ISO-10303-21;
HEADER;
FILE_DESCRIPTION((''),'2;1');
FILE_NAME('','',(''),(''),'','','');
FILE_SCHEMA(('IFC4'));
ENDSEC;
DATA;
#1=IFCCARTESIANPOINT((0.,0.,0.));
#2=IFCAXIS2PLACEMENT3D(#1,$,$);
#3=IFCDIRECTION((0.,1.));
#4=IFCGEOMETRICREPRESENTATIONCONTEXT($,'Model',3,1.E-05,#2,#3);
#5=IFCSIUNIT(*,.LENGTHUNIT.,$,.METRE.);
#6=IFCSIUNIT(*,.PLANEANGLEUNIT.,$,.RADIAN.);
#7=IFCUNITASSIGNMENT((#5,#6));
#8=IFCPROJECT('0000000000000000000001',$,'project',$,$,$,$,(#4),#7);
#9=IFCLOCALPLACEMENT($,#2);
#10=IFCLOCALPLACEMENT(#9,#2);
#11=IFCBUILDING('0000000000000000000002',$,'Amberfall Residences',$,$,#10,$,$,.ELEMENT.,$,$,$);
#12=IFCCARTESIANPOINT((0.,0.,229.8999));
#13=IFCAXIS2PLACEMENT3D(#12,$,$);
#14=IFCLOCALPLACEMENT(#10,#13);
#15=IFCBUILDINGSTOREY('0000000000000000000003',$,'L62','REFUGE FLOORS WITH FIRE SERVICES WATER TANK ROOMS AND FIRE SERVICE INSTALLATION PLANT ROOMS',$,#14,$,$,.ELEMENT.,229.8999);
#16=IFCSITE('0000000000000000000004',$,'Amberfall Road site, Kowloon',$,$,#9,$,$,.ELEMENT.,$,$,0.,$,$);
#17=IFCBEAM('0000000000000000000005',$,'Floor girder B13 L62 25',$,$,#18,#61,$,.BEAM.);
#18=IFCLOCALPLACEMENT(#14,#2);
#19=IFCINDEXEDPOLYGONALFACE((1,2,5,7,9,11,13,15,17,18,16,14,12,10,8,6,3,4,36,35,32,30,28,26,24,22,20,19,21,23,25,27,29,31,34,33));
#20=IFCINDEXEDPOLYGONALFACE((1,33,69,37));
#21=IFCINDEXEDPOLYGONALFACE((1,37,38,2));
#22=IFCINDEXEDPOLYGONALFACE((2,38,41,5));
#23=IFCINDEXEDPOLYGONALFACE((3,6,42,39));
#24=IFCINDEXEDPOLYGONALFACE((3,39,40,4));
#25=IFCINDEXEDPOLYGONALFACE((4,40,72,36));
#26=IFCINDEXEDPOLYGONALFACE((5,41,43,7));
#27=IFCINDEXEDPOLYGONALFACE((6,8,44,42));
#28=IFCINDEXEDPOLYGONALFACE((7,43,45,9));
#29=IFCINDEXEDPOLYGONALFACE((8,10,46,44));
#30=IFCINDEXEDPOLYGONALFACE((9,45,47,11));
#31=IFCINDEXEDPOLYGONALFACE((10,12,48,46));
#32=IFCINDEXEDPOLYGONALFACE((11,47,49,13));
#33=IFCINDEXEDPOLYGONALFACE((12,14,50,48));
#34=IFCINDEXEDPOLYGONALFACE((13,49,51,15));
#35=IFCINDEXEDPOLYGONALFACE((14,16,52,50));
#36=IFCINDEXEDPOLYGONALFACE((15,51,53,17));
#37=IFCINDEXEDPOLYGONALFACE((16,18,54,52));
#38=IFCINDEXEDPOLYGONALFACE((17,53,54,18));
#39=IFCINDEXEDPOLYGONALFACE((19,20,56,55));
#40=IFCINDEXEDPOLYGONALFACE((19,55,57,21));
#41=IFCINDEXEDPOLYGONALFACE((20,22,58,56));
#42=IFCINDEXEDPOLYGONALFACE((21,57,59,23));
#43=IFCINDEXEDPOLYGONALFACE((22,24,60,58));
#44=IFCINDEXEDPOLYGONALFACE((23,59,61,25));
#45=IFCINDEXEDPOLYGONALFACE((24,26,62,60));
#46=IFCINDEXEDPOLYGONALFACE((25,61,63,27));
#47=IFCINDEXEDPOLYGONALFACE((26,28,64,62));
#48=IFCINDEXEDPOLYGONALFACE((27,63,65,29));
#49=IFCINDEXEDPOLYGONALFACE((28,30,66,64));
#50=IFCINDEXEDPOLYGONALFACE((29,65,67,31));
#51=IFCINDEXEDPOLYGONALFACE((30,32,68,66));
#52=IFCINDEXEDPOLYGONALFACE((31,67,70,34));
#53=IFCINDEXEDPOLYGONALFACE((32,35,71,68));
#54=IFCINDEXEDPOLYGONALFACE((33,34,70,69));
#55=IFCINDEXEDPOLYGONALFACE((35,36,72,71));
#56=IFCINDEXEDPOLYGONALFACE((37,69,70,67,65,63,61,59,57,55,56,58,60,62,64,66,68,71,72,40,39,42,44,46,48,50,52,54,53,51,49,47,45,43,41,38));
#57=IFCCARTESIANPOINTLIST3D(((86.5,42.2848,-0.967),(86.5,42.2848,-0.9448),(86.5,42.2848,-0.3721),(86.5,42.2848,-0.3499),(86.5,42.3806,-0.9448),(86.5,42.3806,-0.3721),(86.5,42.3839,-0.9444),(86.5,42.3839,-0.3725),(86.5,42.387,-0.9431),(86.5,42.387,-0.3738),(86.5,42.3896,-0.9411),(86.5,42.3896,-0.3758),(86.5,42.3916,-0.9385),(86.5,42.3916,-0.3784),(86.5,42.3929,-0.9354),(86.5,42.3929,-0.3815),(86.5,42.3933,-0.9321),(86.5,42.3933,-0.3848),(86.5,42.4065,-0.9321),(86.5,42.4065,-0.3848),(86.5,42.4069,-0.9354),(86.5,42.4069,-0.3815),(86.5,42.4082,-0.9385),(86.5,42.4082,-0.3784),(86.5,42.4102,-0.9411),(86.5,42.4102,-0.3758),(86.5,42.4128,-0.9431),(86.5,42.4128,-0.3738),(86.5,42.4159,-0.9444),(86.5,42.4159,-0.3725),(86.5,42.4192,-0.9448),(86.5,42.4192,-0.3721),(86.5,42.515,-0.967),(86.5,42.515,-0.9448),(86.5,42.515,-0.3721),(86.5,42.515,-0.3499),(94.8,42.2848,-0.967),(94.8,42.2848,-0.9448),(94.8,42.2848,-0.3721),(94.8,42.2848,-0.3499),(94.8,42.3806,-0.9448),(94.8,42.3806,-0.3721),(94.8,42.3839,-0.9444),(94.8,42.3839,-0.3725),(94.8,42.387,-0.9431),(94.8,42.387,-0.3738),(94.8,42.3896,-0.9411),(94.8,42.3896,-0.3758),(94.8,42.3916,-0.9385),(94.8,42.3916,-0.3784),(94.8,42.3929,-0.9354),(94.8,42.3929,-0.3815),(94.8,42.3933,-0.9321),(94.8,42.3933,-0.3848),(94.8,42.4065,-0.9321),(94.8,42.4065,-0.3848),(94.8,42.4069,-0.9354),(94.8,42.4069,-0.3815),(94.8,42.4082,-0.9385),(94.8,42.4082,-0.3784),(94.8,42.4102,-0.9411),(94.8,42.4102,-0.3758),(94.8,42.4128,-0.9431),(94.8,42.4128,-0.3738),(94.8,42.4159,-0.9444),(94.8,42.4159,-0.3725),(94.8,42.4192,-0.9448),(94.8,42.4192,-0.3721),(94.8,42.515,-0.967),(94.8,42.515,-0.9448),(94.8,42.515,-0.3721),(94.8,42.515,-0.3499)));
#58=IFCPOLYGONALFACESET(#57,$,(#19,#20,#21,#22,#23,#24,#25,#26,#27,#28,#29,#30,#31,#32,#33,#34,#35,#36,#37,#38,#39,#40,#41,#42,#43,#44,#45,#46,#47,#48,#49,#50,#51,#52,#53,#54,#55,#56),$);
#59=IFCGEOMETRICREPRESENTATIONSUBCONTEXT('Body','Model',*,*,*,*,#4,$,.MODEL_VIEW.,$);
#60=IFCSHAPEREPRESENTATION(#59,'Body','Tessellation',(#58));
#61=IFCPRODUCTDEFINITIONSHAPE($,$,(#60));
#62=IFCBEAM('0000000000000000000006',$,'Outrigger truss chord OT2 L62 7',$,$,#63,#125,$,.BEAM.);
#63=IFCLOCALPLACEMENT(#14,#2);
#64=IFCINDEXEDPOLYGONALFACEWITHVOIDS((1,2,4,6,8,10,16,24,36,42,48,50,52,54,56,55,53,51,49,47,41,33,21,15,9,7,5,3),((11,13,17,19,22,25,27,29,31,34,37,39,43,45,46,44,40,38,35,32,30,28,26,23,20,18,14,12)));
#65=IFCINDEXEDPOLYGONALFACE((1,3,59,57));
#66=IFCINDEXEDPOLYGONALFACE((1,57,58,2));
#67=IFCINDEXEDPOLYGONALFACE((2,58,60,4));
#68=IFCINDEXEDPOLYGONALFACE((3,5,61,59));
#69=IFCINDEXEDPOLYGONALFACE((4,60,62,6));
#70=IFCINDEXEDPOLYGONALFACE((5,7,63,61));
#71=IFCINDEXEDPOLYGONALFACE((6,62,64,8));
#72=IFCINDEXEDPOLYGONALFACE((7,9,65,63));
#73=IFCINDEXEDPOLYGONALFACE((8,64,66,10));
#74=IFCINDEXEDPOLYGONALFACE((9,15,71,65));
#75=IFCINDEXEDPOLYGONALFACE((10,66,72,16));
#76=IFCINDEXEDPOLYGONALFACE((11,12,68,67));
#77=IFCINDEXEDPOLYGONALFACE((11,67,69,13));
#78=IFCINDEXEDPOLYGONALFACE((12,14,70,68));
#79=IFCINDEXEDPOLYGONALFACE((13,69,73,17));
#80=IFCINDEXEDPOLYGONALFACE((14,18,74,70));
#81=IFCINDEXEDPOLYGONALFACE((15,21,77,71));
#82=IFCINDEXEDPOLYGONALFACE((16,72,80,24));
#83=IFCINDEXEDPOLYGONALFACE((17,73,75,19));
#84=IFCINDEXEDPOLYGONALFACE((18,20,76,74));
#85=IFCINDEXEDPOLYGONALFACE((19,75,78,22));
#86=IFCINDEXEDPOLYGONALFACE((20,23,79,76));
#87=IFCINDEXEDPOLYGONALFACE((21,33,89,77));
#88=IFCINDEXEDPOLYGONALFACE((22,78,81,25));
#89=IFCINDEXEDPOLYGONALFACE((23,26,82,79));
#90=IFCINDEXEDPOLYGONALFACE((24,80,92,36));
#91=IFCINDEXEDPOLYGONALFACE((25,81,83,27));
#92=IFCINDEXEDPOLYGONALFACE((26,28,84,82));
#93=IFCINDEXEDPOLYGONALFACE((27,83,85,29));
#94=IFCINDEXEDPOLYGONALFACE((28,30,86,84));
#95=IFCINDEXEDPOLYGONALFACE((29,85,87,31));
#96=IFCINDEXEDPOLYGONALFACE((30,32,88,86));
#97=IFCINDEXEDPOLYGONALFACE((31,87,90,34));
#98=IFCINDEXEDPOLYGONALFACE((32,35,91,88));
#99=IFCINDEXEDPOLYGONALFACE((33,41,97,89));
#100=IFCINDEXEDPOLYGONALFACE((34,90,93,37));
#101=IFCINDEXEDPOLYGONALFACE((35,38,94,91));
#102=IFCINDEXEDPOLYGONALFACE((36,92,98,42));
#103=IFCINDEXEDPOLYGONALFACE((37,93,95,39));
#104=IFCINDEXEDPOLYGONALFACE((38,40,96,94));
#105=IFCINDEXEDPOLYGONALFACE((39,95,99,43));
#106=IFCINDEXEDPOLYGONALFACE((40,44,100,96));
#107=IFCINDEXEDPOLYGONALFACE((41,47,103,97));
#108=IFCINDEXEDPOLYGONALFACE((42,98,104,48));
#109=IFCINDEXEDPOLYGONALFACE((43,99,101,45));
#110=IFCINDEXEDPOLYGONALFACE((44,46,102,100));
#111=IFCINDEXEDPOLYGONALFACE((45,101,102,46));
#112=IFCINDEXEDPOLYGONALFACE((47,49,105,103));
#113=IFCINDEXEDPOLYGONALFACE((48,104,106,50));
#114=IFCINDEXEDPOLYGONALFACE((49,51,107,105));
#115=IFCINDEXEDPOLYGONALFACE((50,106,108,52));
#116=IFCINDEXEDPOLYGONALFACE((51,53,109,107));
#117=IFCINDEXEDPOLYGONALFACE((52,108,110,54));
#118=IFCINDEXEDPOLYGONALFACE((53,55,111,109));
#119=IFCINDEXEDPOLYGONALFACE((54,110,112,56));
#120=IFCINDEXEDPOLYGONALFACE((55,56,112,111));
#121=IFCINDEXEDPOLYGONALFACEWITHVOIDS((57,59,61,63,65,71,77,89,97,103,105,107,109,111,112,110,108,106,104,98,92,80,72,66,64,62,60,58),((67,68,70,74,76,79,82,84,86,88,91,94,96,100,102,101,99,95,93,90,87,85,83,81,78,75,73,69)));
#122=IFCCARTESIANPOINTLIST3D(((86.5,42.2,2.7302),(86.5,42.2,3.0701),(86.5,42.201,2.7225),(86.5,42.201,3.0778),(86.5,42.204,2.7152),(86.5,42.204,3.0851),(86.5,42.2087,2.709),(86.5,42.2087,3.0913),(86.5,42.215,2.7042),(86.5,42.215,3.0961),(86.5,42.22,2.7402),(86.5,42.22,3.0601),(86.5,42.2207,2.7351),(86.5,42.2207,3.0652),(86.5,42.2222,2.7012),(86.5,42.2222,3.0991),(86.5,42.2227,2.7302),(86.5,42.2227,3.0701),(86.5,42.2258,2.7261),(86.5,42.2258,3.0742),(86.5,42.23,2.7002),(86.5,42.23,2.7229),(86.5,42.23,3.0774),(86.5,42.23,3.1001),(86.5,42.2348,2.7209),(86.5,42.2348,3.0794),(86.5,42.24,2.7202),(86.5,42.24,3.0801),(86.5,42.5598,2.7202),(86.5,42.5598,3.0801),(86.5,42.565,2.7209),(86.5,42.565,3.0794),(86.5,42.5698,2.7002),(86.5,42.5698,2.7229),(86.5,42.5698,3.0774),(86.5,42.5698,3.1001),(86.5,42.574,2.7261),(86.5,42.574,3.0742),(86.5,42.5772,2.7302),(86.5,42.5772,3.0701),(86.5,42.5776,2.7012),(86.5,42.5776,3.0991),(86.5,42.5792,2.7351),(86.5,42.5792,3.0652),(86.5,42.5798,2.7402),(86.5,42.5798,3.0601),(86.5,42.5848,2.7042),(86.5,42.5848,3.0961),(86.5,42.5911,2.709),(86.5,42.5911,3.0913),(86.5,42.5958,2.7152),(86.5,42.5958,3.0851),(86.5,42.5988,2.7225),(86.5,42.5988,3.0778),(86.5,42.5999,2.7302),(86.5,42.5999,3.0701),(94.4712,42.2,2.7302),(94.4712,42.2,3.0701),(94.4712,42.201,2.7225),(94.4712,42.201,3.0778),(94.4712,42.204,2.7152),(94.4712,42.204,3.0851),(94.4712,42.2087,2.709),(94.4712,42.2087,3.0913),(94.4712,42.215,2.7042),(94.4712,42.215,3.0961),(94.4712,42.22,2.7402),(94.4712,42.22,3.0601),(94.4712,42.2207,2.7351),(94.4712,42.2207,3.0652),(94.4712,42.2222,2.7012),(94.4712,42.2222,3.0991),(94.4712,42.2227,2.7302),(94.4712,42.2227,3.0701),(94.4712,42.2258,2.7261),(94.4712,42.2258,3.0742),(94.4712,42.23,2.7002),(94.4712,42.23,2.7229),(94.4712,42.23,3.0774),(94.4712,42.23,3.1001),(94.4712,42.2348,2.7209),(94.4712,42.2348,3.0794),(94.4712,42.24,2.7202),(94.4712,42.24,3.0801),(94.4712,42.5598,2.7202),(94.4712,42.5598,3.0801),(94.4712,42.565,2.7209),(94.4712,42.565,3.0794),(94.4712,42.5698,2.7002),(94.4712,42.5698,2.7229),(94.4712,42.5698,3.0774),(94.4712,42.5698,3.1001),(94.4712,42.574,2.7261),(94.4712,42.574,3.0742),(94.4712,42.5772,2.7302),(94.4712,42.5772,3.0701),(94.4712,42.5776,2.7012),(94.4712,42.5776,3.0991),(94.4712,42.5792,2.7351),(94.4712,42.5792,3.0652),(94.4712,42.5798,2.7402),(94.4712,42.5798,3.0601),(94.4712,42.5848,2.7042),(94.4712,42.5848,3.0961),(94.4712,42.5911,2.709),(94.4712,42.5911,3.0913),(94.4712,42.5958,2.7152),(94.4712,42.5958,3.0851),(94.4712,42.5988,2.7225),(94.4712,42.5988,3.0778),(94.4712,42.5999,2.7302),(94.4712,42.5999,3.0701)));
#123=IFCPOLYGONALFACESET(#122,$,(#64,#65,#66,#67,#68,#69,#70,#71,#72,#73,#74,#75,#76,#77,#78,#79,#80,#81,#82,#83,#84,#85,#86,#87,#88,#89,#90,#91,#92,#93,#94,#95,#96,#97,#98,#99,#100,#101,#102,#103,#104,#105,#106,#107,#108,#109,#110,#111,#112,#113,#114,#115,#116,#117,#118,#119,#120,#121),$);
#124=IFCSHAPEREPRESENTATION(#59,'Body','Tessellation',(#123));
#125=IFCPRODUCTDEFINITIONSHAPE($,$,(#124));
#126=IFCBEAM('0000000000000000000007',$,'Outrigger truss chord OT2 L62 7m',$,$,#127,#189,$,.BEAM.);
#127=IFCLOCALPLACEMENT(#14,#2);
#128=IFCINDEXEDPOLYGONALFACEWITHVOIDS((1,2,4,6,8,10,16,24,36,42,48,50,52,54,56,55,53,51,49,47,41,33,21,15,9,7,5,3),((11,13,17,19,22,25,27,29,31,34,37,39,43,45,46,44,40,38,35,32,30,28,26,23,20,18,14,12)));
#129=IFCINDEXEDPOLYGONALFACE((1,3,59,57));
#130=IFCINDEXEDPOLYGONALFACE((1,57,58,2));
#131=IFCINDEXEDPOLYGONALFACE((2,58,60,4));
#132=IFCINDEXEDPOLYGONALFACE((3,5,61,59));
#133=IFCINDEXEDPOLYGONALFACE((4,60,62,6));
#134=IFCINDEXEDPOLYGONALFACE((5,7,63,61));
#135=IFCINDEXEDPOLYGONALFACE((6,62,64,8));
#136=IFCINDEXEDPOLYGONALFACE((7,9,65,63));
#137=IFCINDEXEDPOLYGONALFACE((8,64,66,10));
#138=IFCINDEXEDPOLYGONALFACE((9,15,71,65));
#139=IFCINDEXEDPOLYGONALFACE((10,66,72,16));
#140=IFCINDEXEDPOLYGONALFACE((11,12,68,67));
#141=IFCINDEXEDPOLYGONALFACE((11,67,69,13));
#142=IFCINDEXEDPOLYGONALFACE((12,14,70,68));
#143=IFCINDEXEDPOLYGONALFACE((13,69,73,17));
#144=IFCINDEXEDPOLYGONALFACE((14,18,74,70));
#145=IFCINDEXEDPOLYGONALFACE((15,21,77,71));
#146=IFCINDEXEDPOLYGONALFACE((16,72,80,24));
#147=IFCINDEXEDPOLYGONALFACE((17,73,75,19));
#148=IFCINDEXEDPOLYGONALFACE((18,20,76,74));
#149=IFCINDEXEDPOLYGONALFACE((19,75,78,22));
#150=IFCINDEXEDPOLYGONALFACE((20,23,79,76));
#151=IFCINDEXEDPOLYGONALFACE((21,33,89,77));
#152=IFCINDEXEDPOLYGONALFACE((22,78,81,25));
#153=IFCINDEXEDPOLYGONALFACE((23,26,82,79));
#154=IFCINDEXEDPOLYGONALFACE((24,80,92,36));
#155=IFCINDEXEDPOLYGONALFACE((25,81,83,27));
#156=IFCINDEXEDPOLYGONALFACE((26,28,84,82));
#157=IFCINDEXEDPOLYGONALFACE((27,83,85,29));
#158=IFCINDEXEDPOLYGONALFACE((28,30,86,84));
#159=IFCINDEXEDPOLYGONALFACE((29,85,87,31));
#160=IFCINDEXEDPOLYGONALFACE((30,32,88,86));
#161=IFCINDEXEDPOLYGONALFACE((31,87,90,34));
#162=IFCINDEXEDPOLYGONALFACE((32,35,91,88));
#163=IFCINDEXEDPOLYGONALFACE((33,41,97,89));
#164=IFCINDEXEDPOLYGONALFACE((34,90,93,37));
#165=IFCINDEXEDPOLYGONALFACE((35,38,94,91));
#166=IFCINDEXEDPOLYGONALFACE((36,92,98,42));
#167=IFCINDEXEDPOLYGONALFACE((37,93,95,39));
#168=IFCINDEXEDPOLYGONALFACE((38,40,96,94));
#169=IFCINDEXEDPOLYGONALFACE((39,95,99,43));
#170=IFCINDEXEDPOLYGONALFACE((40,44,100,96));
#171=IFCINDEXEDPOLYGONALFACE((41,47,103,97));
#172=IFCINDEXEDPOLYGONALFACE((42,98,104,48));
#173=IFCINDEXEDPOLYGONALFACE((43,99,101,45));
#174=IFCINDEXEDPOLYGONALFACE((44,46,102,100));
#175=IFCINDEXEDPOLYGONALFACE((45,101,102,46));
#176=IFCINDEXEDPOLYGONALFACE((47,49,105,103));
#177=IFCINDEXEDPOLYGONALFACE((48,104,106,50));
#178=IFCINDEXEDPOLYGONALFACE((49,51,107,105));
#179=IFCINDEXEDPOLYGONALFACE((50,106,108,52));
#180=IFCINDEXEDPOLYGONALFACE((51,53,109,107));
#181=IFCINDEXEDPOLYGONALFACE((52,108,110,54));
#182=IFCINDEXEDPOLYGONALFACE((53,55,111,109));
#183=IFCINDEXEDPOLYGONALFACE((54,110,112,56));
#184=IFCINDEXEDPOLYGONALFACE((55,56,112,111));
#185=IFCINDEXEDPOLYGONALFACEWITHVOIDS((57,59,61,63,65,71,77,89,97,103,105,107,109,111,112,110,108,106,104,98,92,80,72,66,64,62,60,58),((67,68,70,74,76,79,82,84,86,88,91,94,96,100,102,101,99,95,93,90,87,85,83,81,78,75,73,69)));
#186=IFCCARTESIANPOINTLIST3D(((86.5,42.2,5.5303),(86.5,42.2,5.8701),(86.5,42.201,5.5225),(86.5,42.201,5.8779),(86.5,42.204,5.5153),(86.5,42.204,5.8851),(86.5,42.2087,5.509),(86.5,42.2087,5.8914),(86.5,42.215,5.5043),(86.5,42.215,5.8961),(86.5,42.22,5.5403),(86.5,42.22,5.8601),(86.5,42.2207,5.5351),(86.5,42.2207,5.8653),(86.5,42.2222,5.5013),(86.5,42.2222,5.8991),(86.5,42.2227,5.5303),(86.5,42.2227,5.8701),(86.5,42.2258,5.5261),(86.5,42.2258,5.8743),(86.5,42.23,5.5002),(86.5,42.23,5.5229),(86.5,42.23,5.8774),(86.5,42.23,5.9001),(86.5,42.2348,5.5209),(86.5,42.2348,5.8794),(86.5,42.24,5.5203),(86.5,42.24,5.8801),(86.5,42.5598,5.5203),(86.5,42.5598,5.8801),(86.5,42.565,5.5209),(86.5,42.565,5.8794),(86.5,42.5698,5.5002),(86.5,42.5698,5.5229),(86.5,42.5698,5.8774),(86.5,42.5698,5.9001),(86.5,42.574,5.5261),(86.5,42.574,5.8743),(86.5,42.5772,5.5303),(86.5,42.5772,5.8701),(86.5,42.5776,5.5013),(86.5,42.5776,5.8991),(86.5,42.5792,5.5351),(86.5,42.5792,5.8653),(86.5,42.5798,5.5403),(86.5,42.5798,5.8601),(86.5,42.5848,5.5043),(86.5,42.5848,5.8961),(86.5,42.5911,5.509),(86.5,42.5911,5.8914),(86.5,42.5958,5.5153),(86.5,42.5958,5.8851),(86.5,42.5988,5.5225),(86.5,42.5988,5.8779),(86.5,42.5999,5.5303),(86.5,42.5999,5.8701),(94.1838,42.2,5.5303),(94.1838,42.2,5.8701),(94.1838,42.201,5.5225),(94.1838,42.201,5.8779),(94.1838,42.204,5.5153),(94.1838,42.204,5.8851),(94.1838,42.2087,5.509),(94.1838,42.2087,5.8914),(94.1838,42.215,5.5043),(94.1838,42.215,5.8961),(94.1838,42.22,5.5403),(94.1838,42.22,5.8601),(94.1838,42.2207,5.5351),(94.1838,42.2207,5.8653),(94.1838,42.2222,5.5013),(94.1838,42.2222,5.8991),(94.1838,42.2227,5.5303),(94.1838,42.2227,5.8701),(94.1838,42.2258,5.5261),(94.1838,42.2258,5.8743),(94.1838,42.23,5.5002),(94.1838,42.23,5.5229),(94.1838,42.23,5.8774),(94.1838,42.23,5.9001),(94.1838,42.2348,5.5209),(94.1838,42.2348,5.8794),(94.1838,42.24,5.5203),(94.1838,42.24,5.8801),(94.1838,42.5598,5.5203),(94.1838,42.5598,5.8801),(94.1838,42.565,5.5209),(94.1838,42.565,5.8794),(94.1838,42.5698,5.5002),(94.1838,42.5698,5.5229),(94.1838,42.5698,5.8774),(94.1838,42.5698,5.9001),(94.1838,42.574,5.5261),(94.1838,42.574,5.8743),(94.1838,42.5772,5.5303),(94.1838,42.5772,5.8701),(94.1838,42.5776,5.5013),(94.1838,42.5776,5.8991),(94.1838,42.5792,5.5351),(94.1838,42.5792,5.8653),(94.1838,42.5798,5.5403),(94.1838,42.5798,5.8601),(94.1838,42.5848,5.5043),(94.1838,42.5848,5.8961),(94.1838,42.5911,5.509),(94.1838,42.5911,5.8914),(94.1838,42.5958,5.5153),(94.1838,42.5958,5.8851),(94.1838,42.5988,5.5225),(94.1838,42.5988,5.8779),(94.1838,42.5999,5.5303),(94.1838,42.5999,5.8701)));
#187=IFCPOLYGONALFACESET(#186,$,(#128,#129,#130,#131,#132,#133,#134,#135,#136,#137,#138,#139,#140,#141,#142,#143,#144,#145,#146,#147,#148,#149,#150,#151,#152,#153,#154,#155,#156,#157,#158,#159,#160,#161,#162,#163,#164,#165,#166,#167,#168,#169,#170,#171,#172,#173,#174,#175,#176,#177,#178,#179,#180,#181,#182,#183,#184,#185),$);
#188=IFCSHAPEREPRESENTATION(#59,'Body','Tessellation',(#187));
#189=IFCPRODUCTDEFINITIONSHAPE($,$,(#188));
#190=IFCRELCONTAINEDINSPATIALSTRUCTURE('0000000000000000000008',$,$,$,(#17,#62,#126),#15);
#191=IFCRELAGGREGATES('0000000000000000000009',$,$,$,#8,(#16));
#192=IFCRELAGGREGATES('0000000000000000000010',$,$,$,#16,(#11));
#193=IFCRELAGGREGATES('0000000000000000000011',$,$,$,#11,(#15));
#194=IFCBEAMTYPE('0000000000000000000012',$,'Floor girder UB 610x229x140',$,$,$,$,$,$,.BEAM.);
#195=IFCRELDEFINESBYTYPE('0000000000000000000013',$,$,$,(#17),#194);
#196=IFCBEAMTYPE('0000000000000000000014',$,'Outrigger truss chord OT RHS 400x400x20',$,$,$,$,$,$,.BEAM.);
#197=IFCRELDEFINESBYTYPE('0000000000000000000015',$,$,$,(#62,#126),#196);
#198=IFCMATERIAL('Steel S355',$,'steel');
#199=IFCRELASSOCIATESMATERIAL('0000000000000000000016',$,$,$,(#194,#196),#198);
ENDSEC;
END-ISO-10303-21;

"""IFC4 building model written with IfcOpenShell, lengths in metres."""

from ifc_helpers import new_model, si_unit, direction, frame, origin, origin_2d, place, context, subcontext, project, spatial, hollow_rectangle, i_section, extrude, material, material_profile, profile_set, type_object, element, save


model = new_model("IFC4")

# Units and contexts
model_context = context("Model", 3, precision=1e-05, world=origin(), true_north=direction((0.0, 1.0)))
body_context = subcontext(model_context, "Body", "Model", "MODEL_VIEW")
ifc_project = project(units=[si_unit("LENGTHUNIT", "METRE"), si_unit("PLANEANGLEUNIT", "RADIAN")], contexts=[model_context])

# Site, building, storey
site_placement = place(None, origin())
site = spatial("IfcSite", under=ifc_project, at=site_placement, Name="Amberfall Road site, Kowloon", CompositionType="ELEMENT", RefElevation=0.0)
building_placement = place(site_placement, origin())
building = spatial("IfcBuilding", under=site, at=building_placement, Name="Amberfall Residences", CompositionType="ELEMENT")
storey_placement = place(building_placement, frame((0.0, 0.0, 229.8999)))
storey = spatial("IfcBuildingStorey", under=building, at=storey_placement, Name="L62", Description="REFUGE FLOORS WITH FIRE SERVICES WATER TANK ROOMS AND FIRE SERVICE INSTALLATION PLANT ROOMS", CompositionType="ELEMENT", Elevation=229.8999)

# Shared definitions
ifc_material_1 = material(Name="Steel S355", Category="steel")

# Beams
ifc_material_profile_1 = material_profile(ifc_material_1, i_section(OverallWidth=0.2302, OverallDepth=0.6172, WebThickness=0.0132, FlangeThickness=0.0222, FilletRadius=0.0127, at=origin_2d()), Name="UB 610x229x140")
ifc_profile_set_1 = profile_set([ifc_material_profile_1], Name="Steel S355")
beam_type_1 = type_object("IfcBeamType", Name="Floor girder UB 610x229x140", PredefinedType="BEAM", material=ifc_profile_set_1)
beam_1_placement = place(storey_placement, frame((94.8, 42.3999, -0.6584), z_axis=(-1.0, 0.0, 0.0), x_axis=(0.0, -1.0, 0.0)))
element("IfcBeam", 1, at=beam_1_placement, inside=storey, type_object=beam_type_1, Name="Floor girder B13 L62 25", PredefinedType="BEAM", context=body_context, shape_type="SweptSolid", body=[
    extrude(i_section(OverallWidth=0.2302, OverallDepth=0.6172, WebThickness=0.0132, FlangeThickness=0.0222, FilletRadius=0.0127, at=origin_2d()), origin(), (0.0, 0.0, 1.0), 8.3),
])
ifc_material_profile_2 = material_profile(ifc_material_1, hollow_rectangle(XDim=0.3999, YDim=0.3999, WallThickness=0.02, InnerFilletRadius=0.02, OuterFilletRadius=0.03, at=origin_2d()), Name="RHS 400x400x20")
ifc_profile_set_2 = profile_set([ifc_material_profile_2], Name="Steel S355")
beam_type_2 = type_object("IfcBeamType", Name="Outrigger truss chord OT RHS 400x400x20", PredefinedType="BEAM", material=ifc_profile_set_2)
beam_2_placement = place(storey_placement, frame((94.4712, 42.3999, 2.9001), z_axis=(-1.0, 0.0, 0.0), x_axis=(0.0, -1.0, 0.0)))
element("IfcBeam", 2, at=beam_2_placement, inside=storey, type_object=beam_type_2, Name="Outrigger truss chord OT2 L62 7", PredefinedType="BEAM", context=body_context, shape_type="SweptSolid", body=[
    extrude(hollow_rectangle(XDim=0.3999, YDim=0.3999, WallThickness=0.02, InnerFilletRadius=0.02, OuterFilletRadius=0.03, at=origin_2d()), origin(), (0.0, 0.0, 1.0), 7.9712),
])
beam_3_placement = place(storey_placement, frame((94.1838, 42.3999, 5.7002), z_axis=(-1.0, 0.0, 0.0), x_axis=(0.0, -1.0, 0.0)))
element("IfcBeam", 3, at=beam_3_placement, inside=storey, type_object=beam_type_2, Name="Outrigger truss chord OT2 L62 7m", PredefinedType="BEAM", context=body_context, shape_type="SweptSolid", body=[
    extrude(hollow_rectangle(XDim=0.3999, YDim=0.3999, WallThickness=0.02, InnerFilletRadius=0.02, OuterFilletRadius=0.03, at=origin_2d()), origin(), (0.0, 0.0, 1.0), 7.6838),
])

save(model, "model.ifc")
